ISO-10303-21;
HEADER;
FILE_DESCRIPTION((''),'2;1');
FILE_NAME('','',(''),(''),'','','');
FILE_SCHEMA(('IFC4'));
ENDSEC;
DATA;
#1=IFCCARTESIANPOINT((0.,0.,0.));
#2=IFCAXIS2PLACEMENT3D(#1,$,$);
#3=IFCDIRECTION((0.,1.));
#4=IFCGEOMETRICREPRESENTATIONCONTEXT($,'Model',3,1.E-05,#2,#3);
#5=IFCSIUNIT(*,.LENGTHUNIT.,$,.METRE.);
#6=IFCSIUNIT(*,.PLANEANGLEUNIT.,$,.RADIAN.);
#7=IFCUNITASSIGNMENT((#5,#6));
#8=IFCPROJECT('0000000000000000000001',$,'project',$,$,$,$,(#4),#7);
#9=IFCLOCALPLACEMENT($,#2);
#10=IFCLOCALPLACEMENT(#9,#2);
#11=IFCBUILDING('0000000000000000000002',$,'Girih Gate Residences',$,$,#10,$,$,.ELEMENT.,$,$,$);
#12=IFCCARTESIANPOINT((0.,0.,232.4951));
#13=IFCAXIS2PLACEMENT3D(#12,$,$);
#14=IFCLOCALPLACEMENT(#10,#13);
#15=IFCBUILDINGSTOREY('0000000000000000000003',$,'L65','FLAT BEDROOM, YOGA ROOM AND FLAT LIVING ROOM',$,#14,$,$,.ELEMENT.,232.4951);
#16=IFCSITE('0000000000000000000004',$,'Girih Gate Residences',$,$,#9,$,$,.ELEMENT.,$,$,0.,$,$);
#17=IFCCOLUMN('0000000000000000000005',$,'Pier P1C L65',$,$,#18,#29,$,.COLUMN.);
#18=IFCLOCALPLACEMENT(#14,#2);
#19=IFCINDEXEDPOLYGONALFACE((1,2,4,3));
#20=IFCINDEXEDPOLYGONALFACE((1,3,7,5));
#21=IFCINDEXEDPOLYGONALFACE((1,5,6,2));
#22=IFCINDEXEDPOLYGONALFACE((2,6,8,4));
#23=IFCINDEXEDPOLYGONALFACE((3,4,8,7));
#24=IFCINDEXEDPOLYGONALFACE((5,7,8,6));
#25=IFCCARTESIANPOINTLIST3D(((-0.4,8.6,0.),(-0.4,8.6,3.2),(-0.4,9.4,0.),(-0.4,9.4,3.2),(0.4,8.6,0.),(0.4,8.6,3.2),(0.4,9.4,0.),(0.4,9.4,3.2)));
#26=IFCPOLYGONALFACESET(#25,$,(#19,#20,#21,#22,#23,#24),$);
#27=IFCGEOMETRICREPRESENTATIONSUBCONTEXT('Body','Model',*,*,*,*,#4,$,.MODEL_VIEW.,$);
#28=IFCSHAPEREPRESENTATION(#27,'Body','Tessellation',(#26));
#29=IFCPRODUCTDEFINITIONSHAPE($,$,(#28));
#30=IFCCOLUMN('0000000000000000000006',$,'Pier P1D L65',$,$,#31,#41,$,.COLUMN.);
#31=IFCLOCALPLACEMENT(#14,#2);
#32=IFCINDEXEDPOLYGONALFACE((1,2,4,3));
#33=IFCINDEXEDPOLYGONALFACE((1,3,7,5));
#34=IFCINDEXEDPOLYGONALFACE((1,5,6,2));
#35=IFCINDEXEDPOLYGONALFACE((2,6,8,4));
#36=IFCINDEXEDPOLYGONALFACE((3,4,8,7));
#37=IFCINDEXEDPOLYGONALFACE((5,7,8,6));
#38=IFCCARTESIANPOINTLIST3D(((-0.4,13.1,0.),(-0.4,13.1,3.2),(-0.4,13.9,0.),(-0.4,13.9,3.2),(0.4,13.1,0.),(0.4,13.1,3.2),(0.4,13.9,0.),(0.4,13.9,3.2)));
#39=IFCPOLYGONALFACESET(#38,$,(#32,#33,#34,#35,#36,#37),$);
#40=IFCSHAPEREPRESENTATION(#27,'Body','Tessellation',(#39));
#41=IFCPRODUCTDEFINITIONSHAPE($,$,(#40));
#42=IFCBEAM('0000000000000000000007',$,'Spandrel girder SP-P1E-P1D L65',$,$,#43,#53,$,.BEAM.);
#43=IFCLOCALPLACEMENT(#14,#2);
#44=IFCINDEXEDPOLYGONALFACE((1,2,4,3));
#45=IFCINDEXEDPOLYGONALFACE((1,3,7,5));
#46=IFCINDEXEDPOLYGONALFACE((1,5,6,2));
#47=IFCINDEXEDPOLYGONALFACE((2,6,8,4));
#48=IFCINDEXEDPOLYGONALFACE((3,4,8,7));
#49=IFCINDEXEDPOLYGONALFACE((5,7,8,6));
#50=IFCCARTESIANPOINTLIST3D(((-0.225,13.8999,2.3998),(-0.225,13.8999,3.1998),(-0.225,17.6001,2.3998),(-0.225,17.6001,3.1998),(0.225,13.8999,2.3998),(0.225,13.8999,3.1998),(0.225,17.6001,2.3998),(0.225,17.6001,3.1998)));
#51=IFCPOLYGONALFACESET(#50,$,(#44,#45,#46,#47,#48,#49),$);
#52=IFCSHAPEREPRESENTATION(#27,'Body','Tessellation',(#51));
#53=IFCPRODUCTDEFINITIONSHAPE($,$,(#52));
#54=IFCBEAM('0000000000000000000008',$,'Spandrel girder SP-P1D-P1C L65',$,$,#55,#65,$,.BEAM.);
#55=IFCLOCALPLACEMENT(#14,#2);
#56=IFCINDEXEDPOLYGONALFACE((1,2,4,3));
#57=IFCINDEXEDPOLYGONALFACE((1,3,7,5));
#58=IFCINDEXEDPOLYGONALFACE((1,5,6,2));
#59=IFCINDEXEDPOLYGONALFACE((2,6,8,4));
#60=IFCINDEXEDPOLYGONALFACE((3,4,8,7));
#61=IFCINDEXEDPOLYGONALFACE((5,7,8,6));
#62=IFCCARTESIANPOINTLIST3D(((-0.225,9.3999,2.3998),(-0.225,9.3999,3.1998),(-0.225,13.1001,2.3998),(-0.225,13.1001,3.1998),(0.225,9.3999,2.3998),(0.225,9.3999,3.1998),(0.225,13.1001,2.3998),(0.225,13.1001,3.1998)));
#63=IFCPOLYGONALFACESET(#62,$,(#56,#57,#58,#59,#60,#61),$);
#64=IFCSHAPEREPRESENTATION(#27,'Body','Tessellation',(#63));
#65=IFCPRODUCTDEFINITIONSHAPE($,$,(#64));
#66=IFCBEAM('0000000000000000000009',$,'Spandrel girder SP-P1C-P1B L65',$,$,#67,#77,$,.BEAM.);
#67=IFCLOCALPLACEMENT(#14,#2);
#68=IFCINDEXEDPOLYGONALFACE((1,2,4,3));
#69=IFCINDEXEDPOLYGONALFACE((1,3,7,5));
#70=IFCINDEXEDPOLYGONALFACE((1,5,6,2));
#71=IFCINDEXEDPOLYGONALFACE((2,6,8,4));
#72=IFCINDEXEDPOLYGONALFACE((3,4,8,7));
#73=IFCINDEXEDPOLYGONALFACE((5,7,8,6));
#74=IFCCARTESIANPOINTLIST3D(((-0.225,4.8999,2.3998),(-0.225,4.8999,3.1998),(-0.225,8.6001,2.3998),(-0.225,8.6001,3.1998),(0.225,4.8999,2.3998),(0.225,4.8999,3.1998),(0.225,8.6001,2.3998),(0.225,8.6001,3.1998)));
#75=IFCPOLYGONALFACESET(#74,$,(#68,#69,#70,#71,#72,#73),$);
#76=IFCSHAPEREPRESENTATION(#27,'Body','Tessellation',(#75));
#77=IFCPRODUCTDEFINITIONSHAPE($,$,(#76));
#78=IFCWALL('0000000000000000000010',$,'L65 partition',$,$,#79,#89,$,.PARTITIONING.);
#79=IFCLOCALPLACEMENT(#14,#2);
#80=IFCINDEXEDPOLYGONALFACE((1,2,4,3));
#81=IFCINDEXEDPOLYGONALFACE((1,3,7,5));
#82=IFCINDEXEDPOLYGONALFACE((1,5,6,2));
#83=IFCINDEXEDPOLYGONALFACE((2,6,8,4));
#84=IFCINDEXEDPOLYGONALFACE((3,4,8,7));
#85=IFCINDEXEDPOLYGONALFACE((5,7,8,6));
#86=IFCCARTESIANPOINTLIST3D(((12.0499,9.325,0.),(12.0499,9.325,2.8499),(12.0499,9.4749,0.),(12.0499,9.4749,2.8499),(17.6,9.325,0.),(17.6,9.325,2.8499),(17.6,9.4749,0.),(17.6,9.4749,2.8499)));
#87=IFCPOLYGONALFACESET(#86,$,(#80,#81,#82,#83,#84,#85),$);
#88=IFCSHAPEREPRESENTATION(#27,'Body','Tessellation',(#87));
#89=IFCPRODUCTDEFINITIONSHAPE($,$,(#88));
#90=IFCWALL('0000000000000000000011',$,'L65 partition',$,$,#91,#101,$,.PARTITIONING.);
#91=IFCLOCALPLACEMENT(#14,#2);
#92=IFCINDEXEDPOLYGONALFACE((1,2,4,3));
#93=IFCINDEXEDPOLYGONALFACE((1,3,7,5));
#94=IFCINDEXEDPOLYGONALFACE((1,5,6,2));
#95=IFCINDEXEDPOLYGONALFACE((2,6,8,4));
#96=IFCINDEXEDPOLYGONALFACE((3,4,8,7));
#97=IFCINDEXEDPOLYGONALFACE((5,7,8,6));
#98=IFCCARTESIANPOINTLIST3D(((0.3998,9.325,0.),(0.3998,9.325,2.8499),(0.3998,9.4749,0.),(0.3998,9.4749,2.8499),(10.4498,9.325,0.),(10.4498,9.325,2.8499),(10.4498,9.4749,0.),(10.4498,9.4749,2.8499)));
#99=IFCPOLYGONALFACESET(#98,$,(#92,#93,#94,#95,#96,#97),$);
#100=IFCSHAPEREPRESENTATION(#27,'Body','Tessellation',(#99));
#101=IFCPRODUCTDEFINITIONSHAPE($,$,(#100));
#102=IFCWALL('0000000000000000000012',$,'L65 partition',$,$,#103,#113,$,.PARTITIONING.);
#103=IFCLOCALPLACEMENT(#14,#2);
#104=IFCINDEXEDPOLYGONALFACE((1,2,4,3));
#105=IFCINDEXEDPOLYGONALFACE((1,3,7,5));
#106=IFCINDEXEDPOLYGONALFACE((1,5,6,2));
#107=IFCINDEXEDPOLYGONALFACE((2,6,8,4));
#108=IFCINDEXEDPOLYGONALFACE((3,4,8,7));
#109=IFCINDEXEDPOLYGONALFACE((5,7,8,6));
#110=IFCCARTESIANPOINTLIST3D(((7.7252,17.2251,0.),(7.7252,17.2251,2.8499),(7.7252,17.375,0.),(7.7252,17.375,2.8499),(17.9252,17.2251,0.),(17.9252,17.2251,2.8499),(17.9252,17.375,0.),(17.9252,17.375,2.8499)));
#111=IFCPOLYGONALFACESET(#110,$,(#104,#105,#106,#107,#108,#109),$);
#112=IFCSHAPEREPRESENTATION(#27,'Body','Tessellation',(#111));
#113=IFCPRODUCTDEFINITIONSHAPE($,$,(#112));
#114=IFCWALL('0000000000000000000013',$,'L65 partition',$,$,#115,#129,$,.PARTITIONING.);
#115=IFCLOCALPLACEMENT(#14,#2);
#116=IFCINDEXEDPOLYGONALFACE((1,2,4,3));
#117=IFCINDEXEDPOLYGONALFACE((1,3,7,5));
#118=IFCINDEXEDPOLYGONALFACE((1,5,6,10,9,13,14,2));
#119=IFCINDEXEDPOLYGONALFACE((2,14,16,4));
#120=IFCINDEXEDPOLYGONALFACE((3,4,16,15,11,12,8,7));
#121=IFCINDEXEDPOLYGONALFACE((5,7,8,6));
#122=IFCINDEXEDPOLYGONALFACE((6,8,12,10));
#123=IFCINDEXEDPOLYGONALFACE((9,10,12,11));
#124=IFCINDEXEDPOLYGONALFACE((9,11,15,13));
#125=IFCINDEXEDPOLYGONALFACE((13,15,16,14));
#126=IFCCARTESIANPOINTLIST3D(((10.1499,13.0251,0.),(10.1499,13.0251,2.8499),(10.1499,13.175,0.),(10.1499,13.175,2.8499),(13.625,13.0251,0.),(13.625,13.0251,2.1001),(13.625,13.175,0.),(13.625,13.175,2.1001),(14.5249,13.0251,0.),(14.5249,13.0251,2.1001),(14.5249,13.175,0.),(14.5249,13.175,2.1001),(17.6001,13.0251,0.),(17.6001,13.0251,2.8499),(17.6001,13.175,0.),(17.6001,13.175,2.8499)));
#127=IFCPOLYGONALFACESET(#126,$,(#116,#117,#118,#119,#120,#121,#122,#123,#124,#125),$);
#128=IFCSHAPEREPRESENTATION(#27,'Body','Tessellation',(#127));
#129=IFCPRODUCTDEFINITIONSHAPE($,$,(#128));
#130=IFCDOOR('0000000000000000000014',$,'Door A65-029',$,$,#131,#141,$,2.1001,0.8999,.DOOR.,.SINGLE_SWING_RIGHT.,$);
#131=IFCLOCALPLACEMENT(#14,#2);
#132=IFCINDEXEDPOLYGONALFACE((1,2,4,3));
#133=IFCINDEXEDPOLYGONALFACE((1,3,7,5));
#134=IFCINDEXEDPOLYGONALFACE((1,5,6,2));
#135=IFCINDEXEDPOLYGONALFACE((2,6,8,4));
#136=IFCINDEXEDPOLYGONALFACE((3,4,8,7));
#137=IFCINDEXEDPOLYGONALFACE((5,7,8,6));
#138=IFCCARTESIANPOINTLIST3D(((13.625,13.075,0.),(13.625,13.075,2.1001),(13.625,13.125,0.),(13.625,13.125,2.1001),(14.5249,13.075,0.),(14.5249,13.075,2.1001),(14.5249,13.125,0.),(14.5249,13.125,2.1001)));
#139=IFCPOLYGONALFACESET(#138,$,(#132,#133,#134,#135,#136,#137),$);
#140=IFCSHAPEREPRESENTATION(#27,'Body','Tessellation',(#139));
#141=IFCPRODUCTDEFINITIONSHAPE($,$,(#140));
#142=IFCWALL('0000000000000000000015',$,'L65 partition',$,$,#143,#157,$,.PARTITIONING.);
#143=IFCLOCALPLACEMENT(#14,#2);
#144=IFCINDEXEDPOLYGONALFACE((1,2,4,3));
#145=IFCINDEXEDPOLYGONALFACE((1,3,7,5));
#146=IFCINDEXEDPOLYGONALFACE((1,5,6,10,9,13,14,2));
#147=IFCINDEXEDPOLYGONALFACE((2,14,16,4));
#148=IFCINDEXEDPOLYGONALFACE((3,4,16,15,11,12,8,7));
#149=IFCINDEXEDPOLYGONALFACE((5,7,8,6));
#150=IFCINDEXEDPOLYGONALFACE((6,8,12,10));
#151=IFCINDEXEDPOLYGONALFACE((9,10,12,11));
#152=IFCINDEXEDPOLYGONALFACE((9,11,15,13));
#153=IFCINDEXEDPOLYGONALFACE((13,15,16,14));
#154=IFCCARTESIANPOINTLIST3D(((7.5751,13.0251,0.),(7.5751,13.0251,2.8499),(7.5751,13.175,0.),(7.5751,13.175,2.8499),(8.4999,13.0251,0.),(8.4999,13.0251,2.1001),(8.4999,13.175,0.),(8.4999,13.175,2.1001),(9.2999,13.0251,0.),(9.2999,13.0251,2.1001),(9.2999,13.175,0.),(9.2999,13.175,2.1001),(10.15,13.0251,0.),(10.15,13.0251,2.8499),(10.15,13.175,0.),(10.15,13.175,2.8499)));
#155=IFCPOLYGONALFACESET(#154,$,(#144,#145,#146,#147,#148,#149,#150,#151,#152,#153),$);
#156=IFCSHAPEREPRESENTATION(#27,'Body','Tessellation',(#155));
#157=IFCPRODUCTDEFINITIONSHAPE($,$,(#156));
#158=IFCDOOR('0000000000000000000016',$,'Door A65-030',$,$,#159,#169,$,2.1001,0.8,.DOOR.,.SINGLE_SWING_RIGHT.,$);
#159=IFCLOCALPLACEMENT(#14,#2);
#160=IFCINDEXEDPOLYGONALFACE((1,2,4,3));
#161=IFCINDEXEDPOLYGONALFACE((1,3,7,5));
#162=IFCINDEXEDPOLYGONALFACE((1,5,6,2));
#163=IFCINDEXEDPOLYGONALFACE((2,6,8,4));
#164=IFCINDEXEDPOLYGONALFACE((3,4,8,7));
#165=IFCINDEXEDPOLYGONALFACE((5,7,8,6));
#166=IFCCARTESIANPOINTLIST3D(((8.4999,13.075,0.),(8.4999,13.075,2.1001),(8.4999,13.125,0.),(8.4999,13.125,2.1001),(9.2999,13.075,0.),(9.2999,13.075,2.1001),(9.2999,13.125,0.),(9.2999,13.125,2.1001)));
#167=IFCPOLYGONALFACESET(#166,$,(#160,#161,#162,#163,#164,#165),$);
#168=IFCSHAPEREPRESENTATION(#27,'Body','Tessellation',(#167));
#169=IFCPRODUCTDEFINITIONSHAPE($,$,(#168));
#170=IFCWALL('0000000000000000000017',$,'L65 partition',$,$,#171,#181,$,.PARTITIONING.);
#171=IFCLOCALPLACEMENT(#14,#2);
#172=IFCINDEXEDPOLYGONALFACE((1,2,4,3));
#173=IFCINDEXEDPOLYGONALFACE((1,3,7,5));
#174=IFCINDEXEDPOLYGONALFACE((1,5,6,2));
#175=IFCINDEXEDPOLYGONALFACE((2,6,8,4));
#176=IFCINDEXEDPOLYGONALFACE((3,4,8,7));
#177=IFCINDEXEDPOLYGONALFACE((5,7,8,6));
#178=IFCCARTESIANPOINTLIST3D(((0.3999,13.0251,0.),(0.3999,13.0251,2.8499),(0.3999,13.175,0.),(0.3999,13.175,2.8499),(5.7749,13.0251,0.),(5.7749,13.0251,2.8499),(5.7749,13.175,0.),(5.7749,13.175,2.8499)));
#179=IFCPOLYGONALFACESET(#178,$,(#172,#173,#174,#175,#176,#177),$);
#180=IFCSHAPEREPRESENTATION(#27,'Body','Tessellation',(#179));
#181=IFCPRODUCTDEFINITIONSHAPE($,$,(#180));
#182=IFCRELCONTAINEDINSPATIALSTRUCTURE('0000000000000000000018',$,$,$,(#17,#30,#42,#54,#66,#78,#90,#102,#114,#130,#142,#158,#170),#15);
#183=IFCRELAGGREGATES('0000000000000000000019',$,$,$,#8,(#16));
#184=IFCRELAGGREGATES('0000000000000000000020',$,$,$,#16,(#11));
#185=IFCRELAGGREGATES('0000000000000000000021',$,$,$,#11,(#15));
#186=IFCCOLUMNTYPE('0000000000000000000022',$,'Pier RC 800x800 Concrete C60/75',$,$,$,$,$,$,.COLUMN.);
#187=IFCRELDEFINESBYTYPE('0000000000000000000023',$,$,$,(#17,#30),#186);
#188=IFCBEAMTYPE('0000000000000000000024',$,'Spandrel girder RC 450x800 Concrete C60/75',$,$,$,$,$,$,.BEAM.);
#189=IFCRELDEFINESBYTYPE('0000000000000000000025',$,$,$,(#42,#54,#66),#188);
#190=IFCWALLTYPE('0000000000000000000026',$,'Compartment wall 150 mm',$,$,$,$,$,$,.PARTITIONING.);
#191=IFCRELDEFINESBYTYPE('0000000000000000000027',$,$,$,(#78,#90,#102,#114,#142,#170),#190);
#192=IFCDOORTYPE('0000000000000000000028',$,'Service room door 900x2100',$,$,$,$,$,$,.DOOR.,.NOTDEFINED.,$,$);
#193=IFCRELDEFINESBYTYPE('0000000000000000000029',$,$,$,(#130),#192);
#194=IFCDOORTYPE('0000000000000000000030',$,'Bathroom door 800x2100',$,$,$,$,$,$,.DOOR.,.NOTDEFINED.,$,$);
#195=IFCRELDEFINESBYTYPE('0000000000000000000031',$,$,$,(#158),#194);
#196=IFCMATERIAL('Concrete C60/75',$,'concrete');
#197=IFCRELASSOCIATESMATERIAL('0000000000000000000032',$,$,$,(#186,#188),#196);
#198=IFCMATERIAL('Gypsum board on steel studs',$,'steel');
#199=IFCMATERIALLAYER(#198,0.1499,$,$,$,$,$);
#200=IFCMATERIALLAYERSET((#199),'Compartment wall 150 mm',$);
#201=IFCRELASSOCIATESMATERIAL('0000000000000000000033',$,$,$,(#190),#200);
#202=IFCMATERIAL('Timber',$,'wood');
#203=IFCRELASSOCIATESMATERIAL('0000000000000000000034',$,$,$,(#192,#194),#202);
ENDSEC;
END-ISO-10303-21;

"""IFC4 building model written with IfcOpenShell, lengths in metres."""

from ifc_helpers import new_model, si_unit, direction, frame, frame_2d, origin, origin_2d, place, context, subcontext, project, spatial, rectangle, extrude, material, layer, layer_set, material_profile, profile_set, type_object, element, fill, save


model = new_model("IFC4")

# Units and contexts
model_context = context("Model", 3, precision=1e-05, world=origin(), true_north=direction((0.0, 1.0)))
body_context = subcontext(model_context, "Body", "Model", "MODEL_VIEW")
ifc_project = project(units=[si_unit("LENGTHUNIT", "METRE"), si_unit("PLANEANGLEUNIT", "RADIAN")], contexts=[model_context])

# Site, building, storey
site_placement = place(None, origin())
site = spatial("IfcSite", under=ifc_project, at=site_placement, Name="Girih Gate Residences", CompositionType="ELEMENT", RefElevation=0.0)
building_placement = place(site_placement, origin())
building = spatial("IfcBuilding", under=site, at=building_placement, Name="Girih Gate Residences", CompositionType="ELEMENT")
storey_placement = place(building_placement, frame((0.0, 0.0, 232.4951)))
storey = spatial("IfcBuildingStorey", under=building, at=storey_placement, Name="L65", Description="FLAT BEDROOM, YOGA ROOM AND FLAT LIVING ROOM", CompositionType="ELEMENT", Elevation=232.4951)

# Columns
ifc_material_1 = material(Name="Concrete C60/75", Category="concrete")
ifc_material_profile_1 = material_profile(ifc_material_1, rectangle(XDim=0.8, YDim=0.8, at=origin_2d()))
ifc_profile_set_1 = profile_set([ifc_material_profile_1], Name="Concrete C60/75")
column_type = type_object("IfcColumnType", Name="Pier RC 800x800 Concrete C60/75", PredefinedType="COLUMN", material=ifc_profile_set_1)
for number, where, z_axis, x_axis, name in (
    (1, (0.0, 9.0, 0.0), (0.0, 0.0, 1.0), (1.0, 0.0, 0.0), "Pier P1C L65"),
    (2, (0.0, 13.5, 0.0), (0.0, 0.0, 1.0), (1.0, 0.0, 0.0), "Pier P1D L65"),
):
    element("IfcColumn", number, at=place(storey_placement, frame(where, z_axis=z_axis, x_axis=x_axis)), inside=storey, type_object=column_type, Name=name, PredefinedType="COLUMN", context=body_context, shape_type="SweptSolid", body=[
        extrude(rectangle(XDim=0.8, YDim=0.8, at=origin_2d()), origin(), (0.0, 0.0, 1.0), 3.2),
    ])

# Beams
ifc_material_profile_2 = material_profile(ifc_material_1, rectangle(XDim=0.45, YDim=0.8, at=origin_2d()))
ifc_profile_set_2 = profile_set([ifc_material_profile_2], Name="Concrete C60/75")
beam_type = type_object("IfcBeamType", Name="Spandrel girder RC 450x800 Concrete C60/75", PredefinedType="BEAM", material=ifc_profile_set_2)
for number, where, z_axis, x_axis, name in (
    (3, (0.0, 17.6001, 2.7998), (0.0, -1.0, 0.0), (1.0, 0.0, 0.0), "Spandrel girder SP-P1E-P1D L65"),
    (4, (0.0, 13.1001, 2.7998), (0.0, -1.0, 0.0), (1.0, 0.0, 0.0), "Spandrel girder SP-P1D-P1C L65"),
    (5, (0.0, 8.6001, 2.7998), (0.0, -1.0, 0.0), (1.0, 0.0, 0.0), "Spandrel girder SP-P1C-P1B L65"),
):
    element("IfcBeam", number, at=place(storey_placement, frame(where, z_axis=z_axis, x_axis=x_axis)), inside=storey, type_object=beam_type, Name=name, PredefinedType="BEAM", context=body_context, shape_type="SweptSolid", body=[
        extrude(rectangle(XDim=0.45, YDim=0.8, at=origin_2d()), origin(), (0.0, 0.0, 1.0), 3.7002),
    ])

# Shared definitions
ifc_material_2 = material(Name="Gypsum board on steel studs", Category="steel")
ifc_layer_1 = layer(ifc_material_2, 0.1499)
ifc_layer_set_1 = layer_set([ifc_layer_1], Name="Compartment wall 150 mm")
wall_type_1 = type_object("IfcWallType", Name="Compartment wall 150 mm", PredefinedType="PARTITIONING", material=ifc_layer_set_1)

# Walls
wall_1_placement = place(storey_placement, frame((12.05, 9.3999, 0.0), z_axis=(0.0, 0.0, 1.0), x_axis=(1.0, 0.0, 0.0)))
element("IfcWall", 6, at=wall_1_placement, inside=storey, type_object=wall_type_1, Name="L65 partition", PredefinedType="PARTITIONING", context=body_context, shape_type="SweptSolid", body=[
    extrude(rectangle(XDim=5.55, YDim=0.1499, at=frame_2d((2.7749, 0.0))), origin(), (0.0, 0.0, 1.0), 2.8499),
])
wall_2_placement = place(storey_placement, frame((0.3999, 9.3999, 0.0), z_axis=(0.0, 0.0, 1.0), x_axis=(1.0, 0.0, 0.0)))
element("IfcWall", 7, at=wall_2_placement, inside=storey, type_object=wall_type_1, Name="L65 partition", PredefinedType="PARTITIONING", context=body_context, shape_type="SweptSolid", body=[
    extrude(rectangle(XDim=10.05, YDim=0.1499, at=frame_2d((5.0249, 0.0))), origin(), (0.0, 0.0, 1.0), 2.8499),
])
wall_3_placement = place(storey_placement, frame((7.7251, 17.3, 0.0), z_axis=(0.0, 0.0, 1.0), x_axis=(1.0, 0.0, 0.0)))
element("IfcWall", 8, at=wall_3_placement, inside=storey, type_object=wall_type_1, Name="L65 partition", PredefinedType="PARTITIONING", context=body_context, shape_type="SweptSolid", body=[
    extrude(rectangle(XDim=10.2, YDim=0.1499, at=frame_2d((5.1001, 0.0))), origin(), (0.0, 0.0, 1.0), 2.8499),
])

# Walls, openings, doors
wall_4_placement = place(storey_placement, frame((10.1499, 13.1001, 0.0), z_axis=(0.0, 0.0, 1.0), x_axis=(1.0, 0.0, 0.0)))
wall_4 = element("IfcWall", 9, at=wall_4_placement, inside=storey, type_object=wall_type_1, Name="L65 partition", PredefinedType="PARTITIONING", context=body_context, shape_type="SweptSolid", body=[
    extrude(rectangle(XDim=7.4502, YDim=0.1499, at=frame_2d((3.7251, 0.0))), origin(), (0.0, 0.0, 1.0), 2.8499),
])
opening_1_placement = place(wall_4_placement, frame((3.4751, 0.0, 0.0)))
opening_1 = element("IfcOpeningElement", 10, at=opening_1_placement, cuts=wall_4, PredefinedType="OPENING", context=body_context, shape_type="SweptSolid", body=[
    extrude(rectangle(XDim=0.8999, YDim=2.1001, at=frame_2d((0.45, 1.05))), frame((0.0, 0.085, 0.0), z_axis=(0.0, -1.0, 0.0), x_axis=(1.0, 0.0, 0.0)), (0.0, 0.0, 1.0), 0.1699),
])
ifc_material_3 = material(Name="Timber", Category="wood")
door_type_1 = type_object("IfcDoorType", Name="Service room door 900x2100", OperationType="NOTDEFINED", PredefinedType="DOOR", material=ifc_material_3)
door_1_placement = place(opening_1_placement, origin())
door_1 = element("IfcDoor", 11, at=door_1_placement, inside=storey, type_object=door_type_1, Name="Door A65-029", OperationType="SINGLE_SWING_RIGHT", OverallHeight=2.1001, OverallWidth=0.8999, PredefinedType="DOOR", context=body_context, shape_type="SweptSolid", body=[
    extrude(rectangle(XDim=0.8999, YDim=2.1001, at=frame_2d((0.45, 1.05))), frame((0.0, 0.0249, 0.0), z_axis=(0.0, -1.0, 0.0), x_axis=(1.0, 0.0, 0.0)), (0.0, 0.0, 1.0), 0.05),
])
fill(opening_1, door_1)
wall_5_placement = place(storey_placement, frame((7.575, 13.1001, 0.0), z_axis=(0.0, 0.0, 1.0), x_axis=(1.0, 0.0, 0.0)))
wall_5 = element("IfcWall", 12, at=wall_5_placement, inside=storey, type_object=wall_type_1, Name="L65 partition", PredefinedType="PARTITIONING", context=body_context, shape_type="SweptSolid", body=[
    extrude(rectangle(XDim=2.575, YDim=0.1499, at=frame_2d((1.2876, 0.0))), origin(), (0.0, 0.0, 1.0), 2.8499),
])
opening_2_placement = place(wall_5_placement, frame((0.925, 0.0, 0.0)))
opening_2 = element("IfcOpeningElement", 13, at=opening_2_placement, cuts=wall_5, PredefinedType="OPENING", context=body_context, shape_type="SweptSolid", body=[
    extrude(rectangle(XDim=0.8, YDim=2.1001, at=frame_2d((0.3999, 1.05))), frame((0.0, 0.085, 0.0), z_axis=(0.0, -1.0, 0.0), x_axis=(1.0, 0.0, 0.0)), (0.0, 0.0, 1.0), 0.1699),
])
door_type_2 = type_object("IfcDoorType", Name="Bathroom door 800x2100", OperationType="NOTDEFINED", PredefinedType="DOOR", material=ifc_material_3)
door_2_placement = place(opening_2_placement, origin())
door_2 = element("IfcDoor", 14, at=door_2_placement, inside=storey, type_object=door_type_2, Name="Door A65-030", OperationType="SINGLE_SWING_RIGHT", OverallHeight=2.1001, OverallWidth=0.8, PredefinedType="DOOR", context=body_context, shape_type="SweptSolid", body=[
    extrude(rectangle(XDim=0.8, YDim=2.1001, at=frame_2d((0.3999, 1.05))), frame((0.0, 0.0249, 0.0), z_axis=(0.0, -1.0, 0.0), x_axis=(1.0, 0.0, 0.0)), (0.0, 0.0, 1.0), 0.05),
])
fill(opening_2, door_2)

# Wall
wall_6_placement = place(storey_placement, frame((0.3999, 13.1001, 0.0), z_axis=(0.0, 0.0, 1.0), x_axis=(1.0, 0.0, 0.0)))
element("IfcWall", 15, at=wall_6_placement, inside=storey, type_object=wall_type_1, Name="L65 partition", PredefinedType="PARTITIONING", context=body_context, shape_type="SweptSolid", body=[
    extrude(rectangle(XDim=5.375, YDim=0.1499, at=frame_2d((2.6875, 0.0))), origin(), (0.0, 0.0, 1.0), 2.8499),
])

save(model, "model.ifc")
